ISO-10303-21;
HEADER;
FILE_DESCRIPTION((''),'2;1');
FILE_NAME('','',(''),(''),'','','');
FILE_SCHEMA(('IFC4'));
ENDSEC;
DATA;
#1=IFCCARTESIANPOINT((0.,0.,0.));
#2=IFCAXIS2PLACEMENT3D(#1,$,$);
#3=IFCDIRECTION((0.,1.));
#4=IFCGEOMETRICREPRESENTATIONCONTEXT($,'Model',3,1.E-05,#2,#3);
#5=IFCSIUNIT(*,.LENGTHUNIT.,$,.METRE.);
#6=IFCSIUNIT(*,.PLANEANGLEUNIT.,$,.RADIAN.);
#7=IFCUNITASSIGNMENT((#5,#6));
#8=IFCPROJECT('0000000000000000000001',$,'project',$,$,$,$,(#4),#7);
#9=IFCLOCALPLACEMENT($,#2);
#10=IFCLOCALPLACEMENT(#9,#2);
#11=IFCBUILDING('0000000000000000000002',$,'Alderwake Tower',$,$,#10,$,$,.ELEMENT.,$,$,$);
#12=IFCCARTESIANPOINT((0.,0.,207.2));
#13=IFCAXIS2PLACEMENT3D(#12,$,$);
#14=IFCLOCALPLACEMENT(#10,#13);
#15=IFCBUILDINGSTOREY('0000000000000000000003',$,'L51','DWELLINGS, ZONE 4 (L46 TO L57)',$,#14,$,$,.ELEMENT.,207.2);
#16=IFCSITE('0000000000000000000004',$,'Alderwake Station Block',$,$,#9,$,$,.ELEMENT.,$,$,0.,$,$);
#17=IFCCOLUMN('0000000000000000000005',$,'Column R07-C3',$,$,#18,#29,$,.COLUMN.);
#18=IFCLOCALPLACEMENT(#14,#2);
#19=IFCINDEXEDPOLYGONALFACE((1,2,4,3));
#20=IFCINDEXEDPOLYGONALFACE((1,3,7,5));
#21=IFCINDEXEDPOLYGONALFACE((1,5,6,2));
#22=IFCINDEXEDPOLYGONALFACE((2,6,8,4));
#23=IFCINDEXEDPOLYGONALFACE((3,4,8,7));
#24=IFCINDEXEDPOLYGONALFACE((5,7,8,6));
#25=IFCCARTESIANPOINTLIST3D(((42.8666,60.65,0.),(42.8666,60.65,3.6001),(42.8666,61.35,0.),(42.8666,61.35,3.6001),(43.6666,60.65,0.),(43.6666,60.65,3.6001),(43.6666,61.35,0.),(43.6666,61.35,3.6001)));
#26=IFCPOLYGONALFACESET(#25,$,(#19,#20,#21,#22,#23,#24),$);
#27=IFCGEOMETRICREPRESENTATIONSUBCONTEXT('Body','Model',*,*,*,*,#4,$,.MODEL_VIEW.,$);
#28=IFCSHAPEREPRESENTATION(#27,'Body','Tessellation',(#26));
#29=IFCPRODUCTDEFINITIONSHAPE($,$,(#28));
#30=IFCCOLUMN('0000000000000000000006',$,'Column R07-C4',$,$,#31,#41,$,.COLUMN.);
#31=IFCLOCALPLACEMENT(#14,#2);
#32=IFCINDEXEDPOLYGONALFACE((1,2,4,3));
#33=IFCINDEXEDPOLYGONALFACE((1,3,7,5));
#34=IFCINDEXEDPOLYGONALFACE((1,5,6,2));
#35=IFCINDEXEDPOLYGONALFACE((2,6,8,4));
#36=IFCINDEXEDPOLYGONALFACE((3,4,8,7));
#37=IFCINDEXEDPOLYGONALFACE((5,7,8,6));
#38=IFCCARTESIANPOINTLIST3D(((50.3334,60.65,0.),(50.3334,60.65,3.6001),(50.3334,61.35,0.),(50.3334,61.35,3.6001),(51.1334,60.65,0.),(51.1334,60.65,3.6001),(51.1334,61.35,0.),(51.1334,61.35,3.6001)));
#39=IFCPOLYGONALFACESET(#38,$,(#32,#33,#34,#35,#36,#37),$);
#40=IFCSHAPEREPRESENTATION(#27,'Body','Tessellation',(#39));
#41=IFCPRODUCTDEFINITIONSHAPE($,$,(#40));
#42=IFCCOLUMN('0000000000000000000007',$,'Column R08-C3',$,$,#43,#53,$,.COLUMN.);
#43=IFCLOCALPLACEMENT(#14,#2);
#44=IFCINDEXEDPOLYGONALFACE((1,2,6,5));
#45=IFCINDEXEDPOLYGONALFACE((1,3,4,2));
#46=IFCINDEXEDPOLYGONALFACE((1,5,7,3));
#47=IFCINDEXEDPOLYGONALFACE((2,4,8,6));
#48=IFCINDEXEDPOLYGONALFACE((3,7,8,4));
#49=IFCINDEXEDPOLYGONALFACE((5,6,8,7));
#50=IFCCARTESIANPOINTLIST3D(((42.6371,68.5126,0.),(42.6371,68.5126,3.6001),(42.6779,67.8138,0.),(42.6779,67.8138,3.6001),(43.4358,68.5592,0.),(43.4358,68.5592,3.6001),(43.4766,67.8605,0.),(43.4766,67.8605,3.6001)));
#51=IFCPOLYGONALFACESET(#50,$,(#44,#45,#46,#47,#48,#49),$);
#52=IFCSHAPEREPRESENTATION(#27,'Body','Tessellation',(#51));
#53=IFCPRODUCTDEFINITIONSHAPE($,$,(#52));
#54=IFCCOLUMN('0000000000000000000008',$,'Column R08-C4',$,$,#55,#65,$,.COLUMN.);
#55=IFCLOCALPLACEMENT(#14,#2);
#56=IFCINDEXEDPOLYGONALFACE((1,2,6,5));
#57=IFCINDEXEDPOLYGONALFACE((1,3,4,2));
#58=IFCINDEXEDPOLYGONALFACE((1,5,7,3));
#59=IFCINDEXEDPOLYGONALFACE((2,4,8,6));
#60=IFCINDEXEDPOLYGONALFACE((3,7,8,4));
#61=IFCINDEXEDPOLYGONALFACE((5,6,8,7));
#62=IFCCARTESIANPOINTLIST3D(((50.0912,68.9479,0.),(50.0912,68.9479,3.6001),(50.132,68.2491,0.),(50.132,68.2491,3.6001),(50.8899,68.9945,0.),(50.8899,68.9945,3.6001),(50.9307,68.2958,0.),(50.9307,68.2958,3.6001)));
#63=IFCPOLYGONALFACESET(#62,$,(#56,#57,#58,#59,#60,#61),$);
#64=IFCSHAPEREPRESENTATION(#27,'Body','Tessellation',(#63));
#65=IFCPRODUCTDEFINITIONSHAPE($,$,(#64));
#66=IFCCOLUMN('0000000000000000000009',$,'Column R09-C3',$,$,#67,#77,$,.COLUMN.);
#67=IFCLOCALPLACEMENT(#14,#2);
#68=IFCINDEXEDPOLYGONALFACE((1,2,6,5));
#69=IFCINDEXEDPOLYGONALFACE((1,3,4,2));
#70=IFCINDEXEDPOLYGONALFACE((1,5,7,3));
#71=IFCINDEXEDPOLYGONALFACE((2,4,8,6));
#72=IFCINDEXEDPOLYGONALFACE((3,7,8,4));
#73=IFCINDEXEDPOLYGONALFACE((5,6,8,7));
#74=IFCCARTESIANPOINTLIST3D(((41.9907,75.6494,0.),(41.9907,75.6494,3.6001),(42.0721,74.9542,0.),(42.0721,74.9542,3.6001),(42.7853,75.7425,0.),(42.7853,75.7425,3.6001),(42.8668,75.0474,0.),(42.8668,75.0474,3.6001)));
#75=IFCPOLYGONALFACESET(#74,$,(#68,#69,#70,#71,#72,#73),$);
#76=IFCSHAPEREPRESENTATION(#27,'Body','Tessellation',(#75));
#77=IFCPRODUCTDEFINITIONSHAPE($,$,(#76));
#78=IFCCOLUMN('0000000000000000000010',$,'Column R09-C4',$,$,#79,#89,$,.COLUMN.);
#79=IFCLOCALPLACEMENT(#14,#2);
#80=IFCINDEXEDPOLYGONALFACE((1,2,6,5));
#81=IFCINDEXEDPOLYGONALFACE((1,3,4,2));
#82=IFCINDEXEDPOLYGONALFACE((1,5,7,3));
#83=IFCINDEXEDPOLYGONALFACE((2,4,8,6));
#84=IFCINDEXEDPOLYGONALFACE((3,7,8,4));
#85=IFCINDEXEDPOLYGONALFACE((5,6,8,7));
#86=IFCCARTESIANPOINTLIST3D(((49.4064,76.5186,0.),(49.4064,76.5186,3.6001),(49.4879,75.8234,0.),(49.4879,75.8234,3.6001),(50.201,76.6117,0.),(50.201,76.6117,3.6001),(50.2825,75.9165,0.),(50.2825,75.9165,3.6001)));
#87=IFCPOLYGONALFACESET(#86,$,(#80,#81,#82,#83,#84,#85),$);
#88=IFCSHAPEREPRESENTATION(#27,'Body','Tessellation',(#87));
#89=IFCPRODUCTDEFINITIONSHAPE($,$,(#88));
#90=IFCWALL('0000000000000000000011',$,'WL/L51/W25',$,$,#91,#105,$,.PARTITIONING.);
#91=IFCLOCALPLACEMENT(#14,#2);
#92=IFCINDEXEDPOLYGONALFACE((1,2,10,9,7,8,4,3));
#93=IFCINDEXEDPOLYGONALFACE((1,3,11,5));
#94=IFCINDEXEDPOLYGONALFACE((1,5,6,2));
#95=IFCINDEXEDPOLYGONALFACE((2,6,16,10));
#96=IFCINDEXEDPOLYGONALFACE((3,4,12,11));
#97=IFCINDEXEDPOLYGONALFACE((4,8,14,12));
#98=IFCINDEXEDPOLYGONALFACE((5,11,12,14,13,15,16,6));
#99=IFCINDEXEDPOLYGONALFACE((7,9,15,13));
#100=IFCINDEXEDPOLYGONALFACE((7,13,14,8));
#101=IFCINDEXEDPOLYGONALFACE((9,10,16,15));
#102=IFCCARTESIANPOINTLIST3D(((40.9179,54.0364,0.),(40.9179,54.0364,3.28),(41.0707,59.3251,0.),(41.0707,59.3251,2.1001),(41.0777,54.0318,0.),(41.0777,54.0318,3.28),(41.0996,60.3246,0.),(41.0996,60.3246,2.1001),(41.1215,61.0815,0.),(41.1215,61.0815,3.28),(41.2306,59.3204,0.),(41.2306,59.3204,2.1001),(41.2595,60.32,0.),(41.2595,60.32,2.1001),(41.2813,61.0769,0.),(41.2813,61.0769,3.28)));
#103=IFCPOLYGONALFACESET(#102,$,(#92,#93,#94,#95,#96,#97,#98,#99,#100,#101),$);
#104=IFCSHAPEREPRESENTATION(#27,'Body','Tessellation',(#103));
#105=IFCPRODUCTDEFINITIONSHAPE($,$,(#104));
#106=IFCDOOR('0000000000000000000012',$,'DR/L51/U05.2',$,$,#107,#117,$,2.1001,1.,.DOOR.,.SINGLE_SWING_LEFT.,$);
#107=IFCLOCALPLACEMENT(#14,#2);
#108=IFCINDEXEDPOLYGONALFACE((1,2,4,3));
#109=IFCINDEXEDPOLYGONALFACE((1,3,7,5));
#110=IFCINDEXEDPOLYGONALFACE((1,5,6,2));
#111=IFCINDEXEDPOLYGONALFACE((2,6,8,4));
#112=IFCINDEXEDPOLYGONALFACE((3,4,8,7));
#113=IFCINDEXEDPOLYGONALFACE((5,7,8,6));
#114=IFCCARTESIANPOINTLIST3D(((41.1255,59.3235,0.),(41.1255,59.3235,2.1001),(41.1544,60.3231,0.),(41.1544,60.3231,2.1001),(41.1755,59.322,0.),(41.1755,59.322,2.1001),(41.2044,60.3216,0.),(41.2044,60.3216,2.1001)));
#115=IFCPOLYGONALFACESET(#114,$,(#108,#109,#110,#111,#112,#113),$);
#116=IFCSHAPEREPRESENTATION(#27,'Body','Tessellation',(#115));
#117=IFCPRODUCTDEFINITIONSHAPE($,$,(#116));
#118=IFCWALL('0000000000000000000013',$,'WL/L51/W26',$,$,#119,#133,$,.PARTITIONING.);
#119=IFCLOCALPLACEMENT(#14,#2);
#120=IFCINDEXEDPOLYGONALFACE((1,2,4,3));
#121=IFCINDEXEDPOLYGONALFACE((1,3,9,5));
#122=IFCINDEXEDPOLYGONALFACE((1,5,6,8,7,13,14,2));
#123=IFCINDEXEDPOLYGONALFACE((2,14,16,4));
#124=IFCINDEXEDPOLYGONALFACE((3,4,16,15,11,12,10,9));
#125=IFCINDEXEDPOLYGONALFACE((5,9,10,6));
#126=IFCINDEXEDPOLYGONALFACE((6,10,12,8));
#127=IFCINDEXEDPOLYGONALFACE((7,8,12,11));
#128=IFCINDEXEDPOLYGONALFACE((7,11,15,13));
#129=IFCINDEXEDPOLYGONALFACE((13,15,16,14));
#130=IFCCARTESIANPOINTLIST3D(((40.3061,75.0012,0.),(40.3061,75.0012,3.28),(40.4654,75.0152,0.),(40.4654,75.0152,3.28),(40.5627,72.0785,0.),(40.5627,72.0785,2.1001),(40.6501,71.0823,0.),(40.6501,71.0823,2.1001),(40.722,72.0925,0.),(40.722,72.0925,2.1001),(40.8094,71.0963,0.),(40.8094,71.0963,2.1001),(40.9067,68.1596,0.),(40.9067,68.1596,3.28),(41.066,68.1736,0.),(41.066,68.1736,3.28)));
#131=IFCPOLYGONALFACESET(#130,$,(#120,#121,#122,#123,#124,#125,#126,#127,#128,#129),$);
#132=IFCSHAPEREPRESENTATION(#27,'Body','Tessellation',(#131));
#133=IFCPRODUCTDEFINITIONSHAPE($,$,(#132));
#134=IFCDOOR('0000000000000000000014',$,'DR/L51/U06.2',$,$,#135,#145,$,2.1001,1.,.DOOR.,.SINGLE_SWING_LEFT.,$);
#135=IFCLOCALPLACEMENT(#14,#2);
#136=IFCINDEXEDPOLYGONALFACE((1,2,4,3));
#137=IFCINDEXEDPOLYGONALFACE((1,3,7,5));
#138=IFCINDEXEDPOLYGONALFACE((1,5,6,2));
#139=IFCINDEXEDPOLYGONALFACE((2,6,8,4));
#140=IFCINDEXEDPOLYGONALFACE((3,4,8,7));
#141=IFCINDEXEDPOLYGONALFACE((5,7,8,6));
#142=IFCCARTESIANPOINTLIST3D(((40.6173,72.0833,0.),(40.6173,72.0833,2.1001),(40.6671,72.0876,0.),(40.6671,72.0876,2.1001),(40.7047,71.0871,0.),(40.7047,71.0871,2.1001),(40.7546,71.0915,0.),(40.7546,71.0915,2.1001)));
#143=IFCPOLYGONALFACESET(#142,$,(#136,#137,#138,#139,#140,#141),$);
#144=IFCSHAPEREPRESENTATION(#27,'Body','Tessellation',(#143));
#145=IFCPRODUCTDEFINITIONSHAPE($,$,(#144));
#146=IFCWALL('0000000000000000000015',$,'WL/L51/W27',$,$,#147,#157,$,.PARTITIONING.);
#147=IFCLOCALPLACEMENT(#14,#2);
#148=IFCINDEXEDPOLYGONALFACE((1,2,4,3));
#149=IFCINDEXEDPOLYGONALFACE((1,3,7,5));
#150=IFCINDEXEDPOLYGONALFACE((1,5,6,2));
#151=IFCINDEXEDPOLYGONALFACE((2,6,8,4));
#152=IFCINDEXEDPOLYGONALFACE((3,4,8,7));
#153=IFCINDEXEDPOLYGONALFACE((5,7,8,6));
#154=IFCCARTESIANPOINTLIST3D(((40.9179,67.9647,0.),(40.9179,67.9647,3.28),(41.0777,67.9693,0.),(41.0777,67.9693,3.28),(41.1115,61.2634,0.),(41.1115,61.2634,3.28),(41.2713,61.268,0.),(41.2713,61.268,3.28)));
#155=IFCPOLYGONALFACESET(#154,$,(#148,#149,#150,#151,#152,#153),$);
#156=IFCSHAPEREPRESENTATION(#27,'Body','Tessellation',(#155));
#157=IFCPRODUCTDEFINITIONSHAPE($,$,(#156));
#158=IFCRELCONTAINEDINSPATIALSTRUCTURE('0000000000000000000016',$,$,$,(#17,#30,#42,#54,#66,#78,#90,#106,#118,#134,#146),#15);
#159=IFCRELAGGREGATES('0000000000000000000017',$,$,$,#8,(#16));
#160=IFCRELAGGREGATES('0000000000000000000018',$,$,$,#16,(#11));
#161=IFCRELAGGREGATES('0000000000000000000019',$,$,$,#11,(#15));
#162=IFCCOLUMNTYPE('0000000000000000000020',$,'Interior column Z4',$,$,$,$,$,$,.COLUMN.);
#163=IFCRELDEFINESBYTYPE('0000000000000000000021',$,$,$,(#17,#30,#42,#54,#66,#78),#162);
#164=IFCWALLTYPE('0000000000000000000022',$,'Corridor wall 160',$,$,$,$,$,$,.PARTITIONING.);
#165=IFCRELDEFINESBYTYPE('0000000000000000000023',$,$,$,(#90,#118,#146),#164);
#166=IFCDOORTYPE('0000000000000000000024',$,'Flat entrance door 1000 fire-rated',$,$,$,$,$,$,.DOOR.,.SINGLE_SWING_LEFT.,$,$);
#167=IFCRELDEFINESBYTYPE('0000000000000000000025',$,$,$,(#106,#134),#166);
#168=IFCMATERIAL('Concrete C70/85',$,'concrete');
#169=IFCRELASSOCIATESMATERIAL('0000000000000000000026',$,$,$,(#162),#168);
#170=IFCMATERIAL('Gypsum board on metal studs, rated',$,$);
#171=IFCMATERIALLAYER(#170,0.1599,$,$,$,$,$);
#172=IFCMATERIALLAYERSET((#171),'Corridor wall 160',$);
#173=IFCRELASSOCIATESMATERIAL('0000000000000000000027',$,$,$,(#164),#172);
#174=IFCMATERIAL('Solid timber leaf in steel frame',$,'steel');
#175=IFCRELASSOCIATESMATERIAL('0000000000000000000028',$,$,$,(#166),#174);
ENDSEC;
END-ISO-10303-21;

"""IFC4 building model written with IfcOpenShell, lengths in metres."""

from ifc_helpers import new_model, si_unit, direction, frame, frame_2d, origin, origin_2d, place, context, subcontext, project, spatial, rectangle, extrude, material, layer, layer_set, material_profile, profile_set, type_object, element, fill, save


model = new_model("IFC4")

# Units and contexts
model_context = context("Model", 3, precision=1e-05, world=origin(), true_north=direction((0.0, 1.0)))
body_context = subcontext(model_context, "Body", "Model", "MODEL_VIEW")
ifc_project = project(units=[si_unit("LENGTHUNIT", "METRE"), si_unit("PLANEANGLEUNIT", "RADIAN")], contexts=[model_context])

# Site, building, storey
site_placement = place(None, origin())
site = spatial("IfcSite", under=ifc_project, at=site_placement, Name="Alderwake Station Block", CompositionType="ELEMENT", RefElevation=0.0)
building_placement = place(site_placement, origin())
building = spatial("IfcBuilding", under=site, at=building_placement, Name="Alderwake Tower", CompositionType="ELEMENT")
storey_placement = place(building_placement, frame((0.0, 0.0, 207.2)))
storey = spatial("IfcBuildingStorey", under=building, at=storey_placement, Name="L51", Description="DWELLINGS, ZONE 4 (L46 TO L57)", CompositionType="ELEMENT", Elevation=207.2)

# Columns
ifc_material_1 = material(Name="Concrete C70/85", Category="concrete")
ifc_material_profile = material_profile(ifc_material_1, rectangle(XDim=0.7, YDim=0.8, at=origin_2d()), Name="RC 800X700")
ifc_profile_set = profile_set([ifc_material_profile], Name="Concrete C70/85")
column_type = type_object("IfcColumnType", Name="Interior column Z4", PredefinedType="COLUMN", material=ifc_profile_set)
for number, where, z_axis, x_axis, name in (
    (1, (43.2666, 61.0, 0.0), (0.0, 0.0, 1.0), (0.0, 1.0, 0.0), "Column R07-C3"),
    (2, (50.7334, 61.0, 0.0), (0.0, 0.0, 1.0), (0.0, 1.0, 0.0), "Column R07-C4"),
    (3, (43.0569, 68.1865, 0.0), (0.0, 0.0, 1.0), (-0.058301, 0.998299, 0.0), "Column R08-C3"),
    (4, (50.511, 68.6218, 0.0), (0.0, 0.0, 1.0), (-0.058301, 0.998299, 0.0), "Column R08-C4"),
    (5, (42.4287, 75.3484, 0.0), (0.0, 0.0, 1.0), (-0.116402, 0.993202, 0.0), "Column R09-C3"),
    (6, (49.8445, 76.2175, 0.0), (0.0, 0.0, 1.0), (-0.116402, 0.993202, 0.0), "Column R09-C4"),
):
    element("IfcColumn", number, at=place(storey_placement, frame(where, z_axis=z_axis, x_axis=x_axis)), inside=storey, type_object=column_type, Name=name, PredefinedType="COLUMN", context=body_context, shape_type="SweptSolid", body=[
        extrude(rectangle(XDim=0.7, YDim=0.8, at=origin_2d()), origin(), (0.0, 0.0, 1.0), 3.6001),
    ])

# Walls, openings, doors
ifc_material_2 = material(Name="Gypsum board on metal studs, rated")
ifc_layer_1 = layer(ifc_material_2, 0.1599)
ifc_layer_set_1 = layer_set([ifc_layer_1], Name="Corridor wall 160")
wall_type_1 = type_object("IfcWallType", Name="Corridor wall 160", PredefinedType="PARTITIONING", material=ifc_layer_set_1)
wall_1_placement = place(storey_placement, frame((41.2014, 61.0791, 0.0), z_axis=(0.0, 0.0, 1.0), x_axis=(-0.028889, -0.999583, 0.0)))
wall_1 = element("IfcWall", 7, at=wall_1_placement, inside=storey, type_object=wall_type_1, Name="WL/L51/W25", PredefinedType="PARTITIONING", context=body_context, shape_type="SweptSolid", body=[
    extrude(rectangle(XDim=7.0481, YDim=0.1599, at=frame_2d((3.5239, 0.0))), origin(), (0.0, 0.0, 1.0), 3.28),
])
opening_1_placement = place(wall_1_placement, frame((0.7571, 0.0, 0.0)))
opening_1 = element("IfcOpeningElement", 8, at=opening_1_placement, cuts=wall_1, PredefinedType="OPENING", context=body_context, shape_type="SweptSolid", body=[
    extrude(rectangle(XDim=1.0, YDim=2.1001, at=frame_2d((0.5, 1.05))), frame((0.0, 0.0898, 0.0), z_axis=(0.0, -1.0, 0.0), x_axis=(1.0, 0.0, 0.0)), (0.0, 0.0, 1.0), 0.1799),
])
ifc_material_3 = material(Name="Solid timber leaf in steel frame", Category="steel")
door_type_1 = type_object("IfcDoorType", Name="Flat entrance door 1000 fire-rated", OperationType="SINGLE_SWING_LEFT", PredefinedType="DOOR", material=ifc_material_3)
door_1_placement = place(opening_1_placement, origin())
door_1 = element("IfcDoor", 9, at=door_1_placement, inside=storey, type_object=door_type_1, Name="DR/L51/U05.2", OperationType="SINGLE_SWING_LEFT", OverallHeight=2.1001, OverallWidth=1.0, PredefinedType="DOOR", context=body_context, shape_type="SweptSolid", body=[
    extrude(rectangle(XDim=1.0, YDim=2.1001, at=frame_2d((0.5, 1.05))), frame((0.0, 0.0249, 0.0), z_axis=(0.0, -1.0, 0.0), x_axis=(1.0, 0.0, 0.0)), (0.0, 0.0, 1.0), 0.05),
])
fill(opening_1, door_1)
wall_2_placement = place(storey_placement, frame((40.3857, 75.0083, 0.0), z_axis=(0.0, 0.0, 1.0), x_axis=(0.087449, -0.996169, 0.0)))
wall_2 = element("IfcWall", 10, at=wall_2_placement, inside=storey, type_object=wall_type_1, Name="WL/L51/W26", PredefinedType="PARTITIONING", context=body_context, shape_type="SweptSolid", body=[
    extrude(rectangle(XDim=6.8679, YDim=0.1599, at=frame_2d((3.4341, 0.0))), origin(), (0.0, 0.0, 1.0), 3.28),
])
opening_2_placement = place(wall_2_placement, frame((2.9341, 0.0, 0.0)))
opening_2 = element("IfcOpeningElement", 11, at=opening_2_placement, cuts=wall_2, PredefinedType="OPENING", context=body_context, shape_type="SweptSolid", body=[
    extrude(rectangle(XDim=1.0, YDim=2.1001, at=frame_2d((0.5, 1.05))), frame((0.0, 0.0898, 0.0), z_axis=(0.0, -1.0, 0.0), x_axis=(1.0, 0.0, 0.0)), (0.0, 0.0, 1.0), 0.1799),
])
door_2_placement = place(opening_2_placement, origin())
door_2 = element("IfcDoor", 12, at=door_2_placement, inside=storey, type_object=door_type_1, Name="DR/L51/U06.2", OperationType="SINGLE_SWING_LEFT", OverallHeight=2.1001, OverallWidth=1.0, PredefinedType="DOOR", context=body_context, shape_type="SweptSolid", body=[
    extrude(rectangle(XDim=1.0, YDim=2.1001, at=frame_2d((0.5, 1.05))), frame((0.0, 0.0249, 0.0), z_axis=(0.0, -1.0, 0.0), x_axis=(1.0, 0.0, 0.0)), (0.0, 0.0, 1.0), 0.05),
])
fill(opening_2, door_2)

# Wall
wall_3_placement = place(storey_placement, frame((40.9978, 67.967, 0.0), z_axis=(0.0, 0.0, 1.0), x_axis=(0.028878, -0.999583, 0.0)))
element("IfcWall", 13, at=wall_3_placement, inside=storey, type_object=wall_type_1, Name="WL/L51/W27", PredefinedType="PARTITIONING", context=body_context, shape_type="SweptSolid", body=[
    extrude(rectangle(XDim=6.7041, YDim=0.1599, at=frame_2d((3.3521, 0.0))), origin(), (0.0, 0.0, 1.0), 3.28),
])

save(model, "model.ifc")
